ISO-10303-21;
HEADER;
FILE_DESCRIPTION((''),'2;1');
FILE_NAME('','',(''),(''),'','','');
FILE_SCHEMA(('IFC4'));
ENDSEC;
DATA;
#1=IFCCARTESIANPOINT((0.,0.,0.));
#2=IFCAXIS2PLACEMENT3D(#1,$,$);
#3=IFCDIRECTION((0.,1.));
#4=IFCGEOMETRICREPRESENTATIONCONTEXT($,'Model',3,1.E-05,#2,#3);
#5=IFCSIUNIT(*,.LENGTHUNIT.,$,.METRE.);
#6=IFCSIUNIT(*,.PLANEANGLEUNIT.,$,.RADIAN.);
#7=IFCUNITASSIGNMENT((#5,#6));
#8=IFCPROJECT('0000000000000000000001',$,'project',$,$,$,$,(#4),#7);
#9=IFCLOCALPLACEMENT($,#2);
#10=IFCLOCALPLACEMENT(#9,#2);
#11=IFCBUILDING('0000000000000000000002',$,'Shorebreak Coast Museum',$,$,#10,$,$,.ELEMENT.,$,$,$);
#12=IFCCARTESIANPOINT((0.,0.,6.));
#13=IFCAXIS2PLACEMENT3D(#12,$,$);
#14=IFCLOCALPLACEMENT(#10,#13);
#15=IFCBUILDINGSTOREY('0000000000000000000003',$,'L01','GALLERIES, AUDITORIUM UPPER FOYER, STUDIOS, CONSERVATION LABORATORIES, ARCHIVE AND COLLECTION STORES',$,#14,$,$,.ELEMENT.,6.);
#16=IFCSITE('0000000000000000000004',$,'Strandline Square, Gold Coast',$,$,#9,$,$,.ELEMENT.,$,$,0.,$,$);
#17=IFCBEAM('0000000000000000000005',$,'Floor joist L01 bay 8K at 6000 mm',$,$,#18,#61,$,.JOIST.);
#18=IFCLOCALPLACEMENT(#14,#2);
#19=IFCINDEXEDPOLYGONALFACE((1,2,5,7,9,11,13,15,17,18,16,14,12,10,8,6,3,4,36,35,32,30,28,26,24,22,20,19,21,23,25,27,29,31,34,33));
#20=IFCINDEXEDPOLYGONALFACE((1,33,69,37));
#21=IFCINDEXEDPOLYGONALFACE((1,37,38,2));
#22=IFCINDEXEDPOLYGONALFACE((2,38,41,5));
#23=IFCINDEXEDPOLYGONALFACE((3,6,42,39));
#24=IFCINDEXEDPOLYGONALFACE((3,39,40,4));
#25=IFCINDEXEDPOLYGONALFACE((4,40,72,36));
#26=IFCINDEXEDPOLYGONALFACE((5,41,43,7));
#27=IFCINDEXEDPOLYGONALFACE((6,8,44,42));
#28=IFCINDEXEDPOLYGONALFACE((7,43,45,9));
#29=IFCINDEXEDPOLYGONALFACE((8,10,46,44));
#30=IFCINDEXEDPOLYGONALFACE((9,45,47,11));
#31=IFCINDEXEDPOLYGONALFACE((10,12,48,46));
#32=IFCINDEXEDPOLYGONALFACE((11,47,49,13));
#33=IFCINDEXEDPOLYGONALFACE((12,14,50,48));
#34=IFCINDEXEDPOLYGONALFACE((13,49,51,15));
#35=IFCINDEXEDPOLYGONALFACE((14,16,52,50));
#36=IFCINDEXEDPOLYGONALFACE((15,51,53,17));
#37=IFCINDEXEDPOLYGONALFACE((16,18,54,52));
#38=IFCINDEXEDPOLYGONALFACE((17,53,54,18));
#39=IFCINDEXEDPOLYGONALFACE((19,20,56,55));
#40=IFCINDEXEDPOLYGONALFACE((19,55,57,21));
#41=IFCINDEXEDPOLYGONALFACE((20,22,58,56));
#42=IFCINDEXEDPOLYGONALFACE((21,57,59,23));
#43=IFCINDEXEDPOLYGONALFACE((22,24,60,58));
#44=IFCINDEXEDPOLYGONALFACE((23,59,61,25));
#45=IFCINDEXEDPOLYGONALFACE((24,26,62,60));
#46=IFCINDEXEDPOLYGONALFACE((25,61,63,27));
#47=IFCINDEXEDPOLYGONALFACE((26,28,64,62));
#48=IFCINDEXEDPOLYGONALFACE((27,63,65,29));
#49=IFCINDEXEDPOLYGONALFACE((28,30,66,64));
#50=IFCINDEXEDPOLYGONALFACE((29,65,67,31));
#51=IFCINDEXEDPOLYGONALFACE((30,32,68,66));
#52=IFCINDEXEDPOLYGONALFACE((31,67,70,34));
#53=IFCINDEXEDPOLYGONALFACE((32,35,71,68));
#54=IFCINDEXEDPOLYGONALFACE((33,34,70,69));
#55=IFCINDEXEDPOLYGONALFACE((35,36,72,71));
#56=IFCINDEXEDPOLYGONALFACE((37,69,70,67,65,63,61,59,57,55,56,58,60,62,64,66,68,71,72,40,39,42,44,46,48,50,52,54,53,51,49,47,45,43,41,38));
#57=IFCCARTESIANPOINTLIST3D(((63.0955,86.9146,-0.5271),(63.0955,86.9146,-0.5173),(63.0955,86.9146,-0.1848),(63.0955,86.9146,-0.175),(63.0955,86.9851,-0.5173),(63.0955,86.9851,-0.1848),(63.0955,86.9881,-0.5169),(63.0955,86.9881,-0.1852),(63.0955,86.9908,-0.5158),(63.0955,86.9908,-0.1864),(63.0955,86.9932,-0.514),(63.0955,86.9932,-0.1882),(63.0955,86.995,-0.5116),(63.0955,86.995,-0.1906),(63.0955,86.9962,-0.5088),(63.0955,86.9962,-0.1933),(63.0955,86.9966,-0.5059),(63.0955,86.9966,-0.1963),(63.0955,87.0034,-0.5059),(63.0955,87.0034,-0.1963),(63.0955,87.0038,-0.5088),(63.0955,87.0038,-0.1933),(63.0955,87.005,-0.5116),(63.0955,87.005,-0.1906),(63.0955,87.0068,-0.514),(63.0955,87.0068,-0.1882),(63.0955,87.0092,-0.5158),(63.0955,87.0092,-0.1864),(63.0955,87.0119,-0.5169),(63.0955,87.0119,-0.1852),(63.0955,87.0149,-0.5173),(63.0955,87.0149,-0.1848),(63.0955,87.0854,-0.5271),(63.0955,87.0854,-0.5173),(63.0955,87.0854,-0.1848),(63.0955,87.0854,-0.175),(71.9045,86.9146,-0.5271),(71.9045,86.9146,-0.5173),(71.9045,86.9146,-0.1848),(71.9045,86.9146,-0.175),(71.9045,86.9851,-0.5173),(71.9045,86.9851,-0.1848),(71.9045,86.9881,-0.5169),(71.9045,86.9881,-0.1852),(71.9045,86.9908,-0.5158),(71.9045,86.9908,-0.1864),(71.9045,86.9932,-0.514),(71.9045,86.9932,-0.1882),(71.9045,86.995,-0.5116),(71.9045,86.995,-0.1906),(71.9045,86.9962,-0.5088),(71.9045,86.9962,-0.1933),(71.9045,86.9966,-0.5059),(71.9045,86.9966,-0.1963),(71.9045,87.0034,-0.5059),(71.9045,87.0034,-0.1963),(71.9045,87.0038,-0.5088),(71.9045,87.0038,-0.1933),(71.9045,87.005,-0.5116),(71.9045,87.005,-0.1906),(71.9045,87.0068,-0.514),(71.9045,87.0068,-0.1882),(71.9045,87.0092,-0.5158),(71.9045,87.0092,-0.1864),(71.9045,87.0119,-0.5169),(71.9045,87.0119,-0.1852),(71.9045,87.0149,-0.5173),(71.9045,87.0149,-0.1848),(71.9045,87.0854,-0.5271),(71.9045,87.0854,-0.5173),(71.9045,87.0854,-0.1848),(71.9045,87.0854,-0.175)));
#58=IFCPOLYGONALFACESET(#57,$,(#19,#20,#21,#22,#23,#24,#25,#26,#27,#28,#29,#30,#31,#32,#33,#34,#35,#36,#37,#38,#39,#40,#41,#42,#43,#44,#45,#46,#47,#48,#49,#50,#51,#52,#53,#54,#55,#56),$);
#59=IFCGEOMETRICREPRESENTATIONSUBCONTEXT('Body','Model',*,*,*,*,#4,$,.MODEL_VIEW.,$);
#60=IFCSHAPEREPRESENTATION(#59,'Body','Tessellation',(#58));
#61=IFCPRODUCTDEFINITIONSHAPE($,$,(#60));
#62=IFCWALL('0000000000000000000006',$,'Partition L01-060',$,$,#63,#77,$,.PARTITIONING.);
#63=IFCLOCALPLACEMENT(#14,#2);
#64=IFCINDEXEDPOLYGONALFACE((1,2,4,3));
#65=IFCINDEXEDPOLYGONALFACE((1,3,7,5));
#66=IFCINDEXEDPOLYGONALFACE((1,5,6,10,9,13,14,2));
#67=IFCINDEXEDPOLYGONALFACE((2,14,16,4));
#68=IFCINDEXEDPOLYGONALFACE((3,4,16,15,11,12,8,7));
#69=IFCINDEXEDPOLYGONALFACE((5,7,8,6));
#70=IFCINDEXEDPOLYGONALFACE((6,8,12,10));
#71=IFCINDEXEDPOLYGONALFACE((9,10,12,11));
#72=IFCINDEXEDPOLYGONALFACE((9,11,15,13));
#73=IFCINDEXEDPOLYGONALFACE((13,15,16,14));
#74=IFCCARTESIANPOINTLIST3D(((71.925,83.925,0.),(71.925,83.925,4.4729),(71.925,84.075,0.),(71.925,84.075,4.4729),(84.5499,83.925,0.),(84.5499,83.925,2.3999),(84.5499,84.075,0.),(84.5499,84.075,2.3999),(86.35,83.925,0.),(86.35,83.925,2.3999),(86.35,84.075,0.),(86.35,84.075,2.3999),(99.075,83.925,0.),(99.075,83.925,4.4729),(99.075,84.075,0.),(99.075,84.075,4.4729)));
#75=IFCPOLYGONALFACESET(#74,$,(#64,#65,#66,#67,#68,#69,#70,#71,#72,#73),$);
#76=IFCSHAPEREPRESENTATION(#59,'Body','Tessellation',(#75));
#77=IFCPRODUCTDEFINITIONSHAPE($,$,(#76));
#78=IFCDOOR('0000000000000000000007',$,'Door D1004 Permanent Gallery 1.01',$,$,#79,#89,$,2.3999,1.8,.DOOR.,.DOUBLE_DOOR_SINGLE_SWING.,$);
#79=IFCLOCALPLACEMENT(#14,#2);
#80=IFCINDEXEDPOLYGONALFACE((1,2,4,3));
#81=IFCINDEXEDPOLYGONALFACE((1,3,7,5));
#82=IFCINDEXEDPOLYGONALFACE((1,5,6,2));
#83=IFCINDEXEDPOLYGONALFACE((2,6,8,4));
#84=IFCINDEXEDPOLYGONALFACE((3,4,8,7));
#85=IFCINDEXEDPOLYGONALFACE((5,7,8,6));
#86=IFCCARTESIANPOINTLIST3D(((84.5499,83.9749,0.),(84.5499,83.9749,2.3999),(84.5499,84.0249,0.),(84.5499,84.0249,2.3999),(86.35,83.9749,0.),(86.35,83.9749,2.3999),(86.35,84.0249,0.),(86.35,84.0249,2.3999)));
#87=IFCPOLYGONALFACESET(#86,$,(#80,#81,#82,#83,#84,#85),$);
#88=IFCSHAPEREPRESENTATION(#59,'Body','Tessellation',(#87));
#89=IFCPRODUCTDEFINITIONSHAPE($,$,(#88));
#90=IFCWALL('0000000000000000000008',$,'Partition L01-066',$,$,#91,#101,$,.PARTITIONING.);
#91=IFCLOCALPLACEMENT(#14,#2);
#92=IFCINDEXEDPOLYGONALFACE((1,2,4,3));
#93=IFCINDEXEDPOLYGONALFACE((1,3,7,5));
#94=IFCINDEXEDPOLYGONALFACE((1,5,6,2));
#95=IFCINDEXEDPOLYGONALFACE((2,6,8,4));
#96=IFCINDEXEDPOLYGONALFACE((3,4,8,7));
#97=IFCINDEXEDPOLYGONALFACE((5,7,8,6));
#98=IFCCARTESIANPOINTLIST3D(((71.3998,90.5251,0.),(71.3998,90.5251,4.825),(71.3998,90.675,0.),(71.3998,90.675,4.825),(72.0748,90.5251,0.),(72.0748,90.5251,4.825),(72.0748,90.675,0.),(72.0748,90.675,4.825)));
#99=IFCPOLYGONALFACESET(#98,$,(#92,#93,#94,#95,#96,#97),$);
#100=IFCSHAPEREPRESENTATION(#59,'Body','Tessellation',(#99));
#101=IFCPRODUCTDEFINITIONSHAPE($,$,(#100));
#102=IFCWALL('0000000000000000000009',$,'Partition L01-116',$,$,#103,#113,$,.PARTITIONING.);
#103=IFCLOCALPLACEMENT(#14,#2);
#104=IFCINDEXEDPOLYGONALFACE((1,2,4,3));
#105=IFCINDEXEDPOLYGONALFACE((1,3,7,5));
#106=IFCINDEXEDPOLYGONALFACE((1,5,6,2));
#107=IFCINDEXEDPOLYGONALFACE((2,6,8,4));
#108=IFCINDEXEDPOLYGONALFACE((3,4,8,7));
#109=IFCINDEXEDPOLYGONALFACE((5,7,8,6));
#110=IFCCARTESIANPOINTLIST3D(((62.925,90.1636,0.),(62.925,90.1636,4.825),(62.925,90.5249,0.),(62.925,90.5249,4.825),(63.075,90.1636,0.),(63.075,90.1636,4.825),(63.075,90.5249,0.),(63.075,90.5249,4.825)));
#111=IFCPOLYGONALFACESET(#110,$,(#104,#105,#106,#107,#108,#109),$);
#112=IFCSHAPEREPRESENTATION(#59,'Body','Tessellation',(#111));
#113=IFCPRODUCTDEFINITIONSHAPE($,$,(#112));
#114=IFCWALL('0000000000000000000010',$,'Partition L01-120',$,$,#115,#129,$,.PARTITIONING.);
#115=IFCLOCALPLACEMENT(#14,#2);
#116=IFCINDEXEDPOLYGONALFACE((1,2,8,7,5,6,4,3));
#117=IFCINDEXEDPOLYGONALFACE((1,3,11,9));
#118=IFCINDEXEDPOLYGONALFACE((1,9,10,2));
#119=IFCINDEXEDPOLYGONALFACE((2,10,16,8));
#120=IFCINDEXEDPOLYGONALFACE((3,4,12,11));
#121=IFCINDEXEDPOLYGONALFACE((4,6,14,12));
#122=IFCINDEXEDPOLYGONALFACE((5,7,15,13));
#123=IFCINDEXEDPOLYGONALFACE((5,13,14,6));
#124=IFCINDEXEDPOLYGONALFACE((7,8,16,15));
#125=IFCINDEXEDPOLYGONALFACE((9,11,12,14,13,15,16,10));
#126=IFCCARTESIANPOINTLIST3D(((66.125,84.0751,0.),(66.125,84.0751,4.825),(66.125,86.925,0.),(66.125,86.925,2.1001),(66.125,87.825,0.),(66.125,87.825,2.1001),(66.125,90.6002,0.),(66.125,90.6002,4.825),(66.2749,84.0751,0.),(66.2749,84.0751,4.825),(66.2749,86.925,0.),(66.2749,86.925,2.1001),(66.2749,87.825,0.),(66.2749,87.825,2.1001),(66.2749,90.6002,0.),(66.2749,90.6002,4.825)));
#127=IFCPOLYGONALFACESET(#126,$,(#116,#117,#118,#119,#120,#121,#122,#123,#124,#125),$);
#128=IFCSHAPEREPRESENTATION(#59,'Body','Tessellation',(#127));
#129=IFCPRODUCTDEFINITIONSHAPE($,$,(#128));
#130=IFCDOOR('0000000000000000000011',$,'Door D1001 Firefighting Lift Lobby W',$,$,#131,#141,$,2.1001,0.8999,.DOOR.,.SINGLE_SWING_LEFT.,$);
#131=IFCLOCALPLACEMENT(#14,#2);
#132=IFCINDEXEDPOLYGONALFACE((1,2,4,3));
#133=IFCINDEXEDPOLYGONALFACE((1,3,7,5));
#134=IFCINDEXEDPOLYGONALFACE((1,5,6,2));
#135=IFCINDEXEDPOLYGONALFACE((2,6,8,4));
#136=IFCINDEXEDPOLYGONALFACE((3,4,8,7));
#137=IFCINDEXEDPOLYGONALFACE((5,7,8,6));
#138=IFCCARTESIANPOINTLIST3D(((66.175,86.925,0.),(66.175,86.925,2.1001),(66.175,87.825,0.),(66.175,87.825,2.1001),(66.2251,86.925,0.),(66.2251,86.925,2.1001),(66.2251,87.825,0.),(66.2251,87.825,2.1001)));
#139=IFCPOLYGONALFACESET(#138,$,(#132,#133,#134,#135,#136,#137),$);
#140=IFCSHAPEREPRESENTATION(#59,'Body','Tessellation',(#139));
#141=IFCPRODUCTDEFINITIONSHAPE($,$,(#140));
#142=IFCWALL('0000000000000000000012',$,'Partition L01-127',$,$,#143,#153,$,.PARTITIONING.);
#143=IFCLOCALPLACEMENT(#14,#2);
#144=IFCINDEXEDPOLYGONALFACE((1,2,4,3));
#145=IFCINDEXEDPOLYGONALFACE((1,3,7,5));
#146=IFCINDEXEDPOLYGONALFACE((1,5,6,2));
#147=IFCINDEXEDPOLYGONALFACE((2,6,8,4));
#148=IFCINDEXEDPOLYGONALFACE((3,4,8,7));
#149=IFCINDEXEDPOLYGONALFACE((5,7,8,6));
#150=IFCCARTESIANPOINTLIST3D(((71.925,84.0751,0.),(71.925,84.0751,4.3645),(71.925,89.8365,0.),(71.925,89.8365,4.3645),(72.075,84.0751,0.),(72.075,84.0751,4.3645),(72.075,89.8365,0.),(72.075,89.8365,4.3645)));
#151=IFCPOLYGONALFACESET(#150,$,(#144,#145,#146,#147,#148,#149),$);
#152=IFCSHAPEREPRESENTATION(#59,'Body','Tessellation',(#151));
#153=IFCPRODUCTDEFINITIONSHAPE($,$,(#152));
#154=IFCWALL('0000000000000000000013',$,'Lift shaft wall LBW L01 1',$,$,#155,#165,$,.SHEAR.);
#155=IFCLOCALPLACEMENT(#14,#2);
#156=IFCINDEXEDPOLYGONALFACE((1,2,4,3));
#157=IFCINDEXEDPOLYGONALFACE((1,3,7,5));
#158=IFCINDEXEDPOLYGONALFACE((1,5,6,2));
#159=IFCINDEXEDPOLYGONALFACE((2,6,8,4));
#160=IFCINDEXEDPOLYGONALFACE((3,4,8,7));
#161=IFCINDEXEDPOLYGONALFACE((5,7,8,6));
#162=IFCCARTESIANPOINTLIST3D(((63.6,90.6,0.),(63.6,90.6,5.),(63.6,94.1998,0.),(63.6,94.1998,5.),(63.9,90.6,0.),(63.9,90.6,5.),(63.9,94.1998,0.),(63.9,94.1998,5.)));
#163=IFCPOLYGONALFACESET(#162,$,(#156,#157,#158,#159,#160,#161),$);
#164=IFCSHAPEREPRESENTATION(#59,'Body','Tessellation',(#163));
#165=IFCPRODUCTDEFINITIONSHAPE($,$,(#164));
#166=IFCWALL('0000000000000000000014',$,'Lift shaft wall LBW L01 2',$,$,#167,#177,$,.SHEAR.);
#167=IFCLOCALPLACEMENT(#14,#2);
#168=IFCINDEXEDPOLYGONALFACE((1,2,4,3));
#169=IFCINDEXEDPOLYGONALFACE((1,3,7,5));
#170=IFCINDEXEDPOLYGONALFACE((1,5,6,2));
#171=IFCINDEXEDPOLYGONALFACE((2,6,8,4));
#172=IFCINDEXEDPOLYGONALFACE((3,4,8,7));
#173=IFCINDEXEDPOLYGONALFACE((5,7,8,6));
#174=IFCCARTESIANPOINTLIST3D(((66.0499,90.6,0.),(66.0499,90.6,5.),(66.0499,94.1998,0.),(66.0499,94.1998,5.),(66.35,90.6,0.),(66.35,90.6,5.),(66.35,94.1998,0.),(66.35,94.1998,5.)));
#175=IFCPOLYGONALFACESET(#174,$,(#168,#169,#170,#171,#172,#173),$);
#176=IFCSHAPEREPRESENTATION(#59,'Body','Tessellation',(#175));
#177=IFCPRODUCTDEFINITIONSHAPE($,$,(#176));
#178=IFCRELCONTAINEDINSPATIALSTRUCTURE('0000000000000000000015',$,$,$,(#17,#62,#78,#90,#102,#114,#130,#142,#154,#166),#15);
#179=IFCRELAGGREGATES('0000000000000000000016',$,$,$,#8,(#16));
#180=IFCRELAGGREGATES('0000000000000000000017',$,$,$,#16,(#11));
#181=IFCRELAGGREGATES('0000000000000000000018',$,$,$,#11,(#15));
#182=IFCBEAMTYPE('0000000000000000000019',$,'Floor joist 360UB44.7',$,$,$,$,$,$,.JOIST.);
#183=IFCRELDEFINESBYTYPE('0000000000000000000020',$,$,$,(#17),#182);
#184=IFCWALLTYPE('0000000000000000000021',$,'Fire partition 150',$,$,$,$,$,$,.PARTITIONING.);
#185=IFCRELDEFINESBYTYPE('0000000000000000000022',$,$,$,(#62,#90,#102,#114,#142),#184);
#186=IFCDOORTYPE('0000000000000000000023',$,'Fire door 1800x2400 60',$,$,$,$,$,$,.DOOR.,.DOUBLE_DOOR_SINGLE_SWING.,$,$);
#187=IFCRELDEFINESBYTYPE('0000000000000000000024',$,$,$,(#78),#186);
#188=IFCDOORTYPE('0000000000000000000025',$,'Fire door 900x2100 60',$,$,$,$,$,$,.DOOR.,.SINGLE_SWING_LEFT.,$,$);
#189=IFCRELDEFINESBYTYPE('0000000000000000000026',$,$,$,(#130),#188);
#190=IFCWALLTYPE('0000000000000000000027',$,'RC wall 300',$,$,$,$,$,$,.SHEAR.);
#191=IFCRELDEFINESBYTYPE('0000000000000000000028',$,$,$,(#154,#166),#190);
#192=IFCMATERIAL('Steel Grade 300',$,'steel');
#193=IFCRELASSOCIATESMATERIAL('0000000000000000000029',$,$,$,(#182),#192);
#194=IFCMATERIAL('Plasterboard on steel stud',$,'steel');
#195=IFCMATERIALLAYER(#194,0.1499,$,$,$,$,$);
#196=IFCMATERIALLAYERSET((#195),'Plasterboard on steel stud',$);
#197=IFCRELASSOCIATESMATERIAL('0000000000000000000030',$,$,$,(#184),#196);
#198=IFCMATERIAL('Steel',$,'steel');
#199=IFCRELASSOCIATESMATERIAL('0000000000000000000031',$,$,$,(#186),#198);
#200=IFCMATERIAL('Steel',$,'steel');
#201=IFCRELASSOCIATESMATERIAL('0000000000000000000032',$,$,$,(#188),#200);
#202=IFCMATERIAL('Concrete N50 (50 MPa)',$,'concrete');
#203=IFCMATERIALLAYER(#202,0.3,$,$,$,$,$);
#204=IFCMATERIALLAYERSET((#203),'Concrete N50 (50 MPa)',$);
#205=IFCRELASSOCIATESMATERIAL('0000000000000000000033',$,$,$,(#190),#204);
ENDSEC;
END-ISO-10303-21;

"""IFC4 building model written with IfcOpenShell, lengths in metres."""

from ifc_helpers import new_model, si_unit, direction, frame, frame_2d, origin, origin_2d, place, context, subcontext, project, spatial, rectangle, i_section, extrude, material, layer, layer_set, material_profile, profile_set, type_object, element, fill, save


model = new_model("IFC4")

# Units and contexts
model_context = context("Model", 3, precision=1e-05, world=origin(), true_north=direction((0.0, 1.0)))
body_context = subcontext(model_context, "Body", "Model", "MODEL_VIEW")
ifc_project = project(units=[si_unit("LENGTHUNIT", "METRE"), si_unit("PLANEANGLEUNIT", "RADIAN")], contexts=[model_context])

# Site, building, storey
site_placement = place(None, origin())
site = spatial("IfcSite", under=ifc_project, at=site_placement, Name="Strandline Square, Gold Coast", CompositionType="ELEMENT", RefElevation=0.0)
building_placement = place(site_placement, origin())
building = spatial("IfcBuilding", under=site, at=building_placement, Name="Shorebreak Coast Museum", CompositionType="ELEMENT")
storey_placement = place(building_placement, frame((0.0, 0.0, 6.0)))
storey = spatial("IfcBuildingStorey", under=building, at=storey_placement, Name="L01", Description="GALLERIES, AUDITORIUM UPPER FOYER, STUDIOS, CONSERVATION LABORATORIES, ARCHIVE AND COLLECTION STORES", CompositionType="ELEMENT", Elevation=6.0)

# Beam
ifc_material_1 = material(Name="Steel Grade 300", Category="steel")
ifc_material_profile_1 = material_profile(ifc_material_1, i_section(OverallWidth=0.1709, OverallDepth=0.3521, WebThickness=0.0068, FlangeThickness=0.0098, FilletRadius=0.0115, at=origin_2d()), Name="360UB44.7")
ifc_profile_set_1 = profile_set([ifc_material_profile_1], Name="Steel Grade 300")
beam_type_1 = type_object("IfcBeamType", Name="Floor joist 360UB44.7", PredefinedType="JOIST", material=ifc_profile_set_1)
for number, where, z_axis, x_axis, name in (
    (1, (63.0955, 87.0, -0.3511), (1.0, 0.0, 0.0), (0.0, 1.0, 0.0), "Floor joist L01 bay 8K at 6000 mm"),
):
    element("IfcBeam", number, at=place(storey_placement, frame(where, z_axis=z_axis, x_axis=x_axis)), inside=storey, type_object=beam_type_1, Name=name, PredefinedType="JOIST", context=body_context, shape_type="SweptSolid", body=[
        extrude(i_section(OverallWidth=0.1709, OverallDepth=0.3521, WebThickness=0.0068, FlangeThickness=0.0098, FilletRadius=0.0115, at=origin_2d()), origin(), (0.0, 0.0, 1.0), 8.8091),
    ])

# Wall, opening, door
ifc_material_2 = material(Name="Plasterboard on steel stud", Category="steel")
ifc_layer_1 = layer(ifc_material_2, 0.1499)
ifc_layer_set_1 = layer_set([ifc_layer_1], Name="Plasterboard on steel stud")
wall_type_1 = type_object("IfcWallType", Name="Fire partition 150", PredefinedType="PARTITIONING", material=ifc_layer_set_1)
wall_1_placement = place(storey_placement, frame((71.925, 84.0, 0.0), z_axis=(0.0, 0.0, 1.0), x_axis=(1.0, 0.0, 0.0)))
wall_1 = element("IfcWall", 2, at=wall_1_placement, inside=storey, type_object=wall_type_1, Name="Partition L01-060", PredefinedType="PARTITIONING", context=body_context, shape_type="SweptSolid", body=[
    extrude(rectangle(XDim=27.1499, YDim=0.1499, at=frame_2d((13.575, 0.0))), origin(), (0.0, 0.0, 1.0), 4.4729),
])
opening_1_placement = place(wall_1_placement, frame((12.625, 0.0, 0.0)))
opening_1 = element("IfcOpeningElement", 3, at=opening_1_placement, cuts=wall_1, PredefinedType="OPENING", context=body_context, shape_type="SweptSolid", body=[
    extrude(rectangle(XDim=1.8, YDim=2.3999, at=frame_2d((0.8999, 1.2))), frame((0.0, 0.085, 0.0), z_axis=(0.0, -1.0, 0.0), x_axis=(1.0, 0.0, 0.0)), (0.0, 0.0, 1.0), 0.1699),
])
ifc_material_3 = material(Name="Steel", Category="steel")
door_type_1 = type_object("IfcDoorType", Name="Fire door 1800x2400 60", OperationType="DOUBLE_DOOR_SINGLE_SWING", PredefinedType="DOOR", material=ifc_material_3)
door_1_placement = place(opening_1_placement, origin())
door_1 = element("IfcDoor", 4, at=door_1_placement, inside=storey, type_object=door_type_1, Name="Door D1004 Permanent Gallery 1.01", OperationType="DOUBLE_DOOR_SINGLE_SWING", OverallHeight=2.3999, OverallWidth=1.8, PredefinedType="DOOR", context=body_context, shape_type="SweptSolid", body=[
    extrude(rectangle(XDim=1.8, YDim=2.3999, at=frame_2d((0.8999, 1.2))), frame((0.0, 0.0249, 0.0), z_axis=(0.0, -1.0, 0.0), x_axis=(1.0, 0.0, 0.0)), (0.0, 0.0, 1.0), 0.05),
])
fill(opening_1, door_1)

# Walls
wall_2_placement = place(storey_placement, frame((71.3999, 90.6001, 0.0), z_axis=(0.0, 0.0, 1.0), x_axis=(1.0, 0.0, 0.0)))
element("IfcWall", 5, at=wall_2_placement, inside=storey, type_object=wall_type_1, Name="Partition L01-066", PredefinedType="PARTITIONING", context=body_context, shape_type="SweptSolid", body=[
    extrude(rectangle(XDim=0.675, YDim=0.1499, at=frame_2d((0.3374, 0.0))), origin(), (0.0, 0.0, 1.0), 4.825),
])
wall_3_placement = place(storey_placement, frame((63.0, 90.1636, 0.0), z_axis=(0.0, 0.0, 1.0), x_axis=(0.0, 1.0, 0.0)))
element("IfcWall", 6, at=wall_3_placement, inside=storey, type_object=wall_type_1, Name="Partition L01-116", PredefinedType="PARTITIONING", context=body_context, shape_type="SweptSolid", body=[
    extrude(rectangle(XDim=0.3613, YDim=0.1499, at=frame_2d((0.1807, 0.0))), origin(), (0.0, 0.0, 1.0), 4.825),
])

# Wall, opening, door
wall_4_placement = place(storey_placement, frame((66.2, 84.075, 0.0), z_axis=(0.0, 0.0, 1.0), x_axis=(0.0, 1.0, 0.0)))
wall_4 = element("IfcWall", 7, at=wall_4_placement, inside=storey, type_object=wall_type_1, Name="Partition L01-120", PredefinedType="PARTITIONING", context=body_context, shape_type="SweptSolid", body=[
    extrude(rectangle(XDim=6.5251, YDim=0.1499, at=frame_2d((3.2627, 0.0))), origin(), (0.0, 0.0, 1.0), 4.825),
])
opening_2_placement = place(wall_4_placement, frame((2.8501, 0.0, 0.0)))
opening_2 = element("IfcOpeningElement", 8, at=opening_2_placement, cuts=wall_4, PredefinedType="OPENING", context=body_context, shape_type="SweptSolid", body=[
    extrude(rectangle(XDim=0.8999, YDim=2.1001, at=frame_2d((0.45, 1.05))), frame((0.0, 0.085, 0.0), z_axis=(0.0, -1.0, 0.0), x_axis=(1.0, 0.0, 0.0)), (0.0, 0.0, 1.0), 0.1699),
])
ifc_material_4 = material(Name="Steel", Category="steel")
door_type_2 = type_object("IfcDoorType", Name="Fire door 900x2100 60", OperationType="SINGLE_SWING_LEFT", PredefinedType="DOOR", material=ifc_material_4)
door_2_placement = place(opening_2_placement, origin())
door_2 = element("IfcDoor", 9, at=door_2_placement, inside=storey, type_object=door_type_2, Name="Door D1001 Firefighting Lift Lobby W", OperationType="SINGLE_SWING_LEFT", OverallHeight=2.1001, OverallWidth=0.8999, PredefinedType="DOOR", context=body_context, shape_type="SweptSolid", body=[
    extrude(rectangle(XDim=0.8999, YDim=2.1001, at=frame_2d((0.45, 1.05))), frame((0.0, 0.0249, 0.0), z_axis=(0.0, -1.0, 0.0), x_axis=(1.0, 0.0, 0.0)), (0.0, 0.0, 1.0), 0.05),
])
fill(opening_2, door_2)

# Walls
wall_5_placement = place(storey_placement, frame((72.0, 84.075, 0.0), z_axis=(0.0, 0.0, 1.0), x_axis=(0.0, 1.0, 0.0)))
element("IfcWall", 10, at=wall_5_placement, inside=storey, type_object=wall_type_1, Name="Partition L01-127", PredefinedType="PARTITIONING", context=body_context, shape_type="SweptSolid", body=[
    extrude(rectangle(XDim=5.7615, YDim=0.1499, at=frame_2d((2.8809, 0.0))), origin(), (0.0, 0.0, 1.0), 4.3645),
])
ifc_material_5 = material(Name="Concrete N50 (50 MPa)", Category="concrete")
ifc_layer_2 = layer(ifc_material_5, 0.3)
ifc_layer_set_2 = layer_set([ifc_layer_2], Name="Concrete N50 (50 MPa)")
wall_type_2 = type_object("IfcWallType", Name="RC wall 300", PredefinedType="SHEAR", material=ifc_layer_set_2)
for number, where, z_axis, x_axis, name in (
    (11, (63.75, 90.6001, 0.0), (0.0, 0.0, 1.0), (0.0, 1.0, 0.0), "Lift shaft wall LBW L01 1"),
    (12, (66.2, 90.6001, 0.0), (0.0, 0.0, 1.0), (0.0, 1.0, 0.0), "Lift shaft wall LBW L01 2"),
):
    element("IfcWall", number, at=place(storey_placement, frame(where, z_axis=z_axis, x_axis=x_axis)), inside=storey, type_object=wall_type_2, Name=name, PredefinedType="SHEAR", context=body_context, shape_type="SweptSolid", body=[
        extrude(rectangle(XDim=3.5999, YDim=0.3, at=frame_2d((1.7998, 0.0))), origin(), (0.0, 0.0, 1.0), 5.0),
    ])

save(model, "model.ifc")
